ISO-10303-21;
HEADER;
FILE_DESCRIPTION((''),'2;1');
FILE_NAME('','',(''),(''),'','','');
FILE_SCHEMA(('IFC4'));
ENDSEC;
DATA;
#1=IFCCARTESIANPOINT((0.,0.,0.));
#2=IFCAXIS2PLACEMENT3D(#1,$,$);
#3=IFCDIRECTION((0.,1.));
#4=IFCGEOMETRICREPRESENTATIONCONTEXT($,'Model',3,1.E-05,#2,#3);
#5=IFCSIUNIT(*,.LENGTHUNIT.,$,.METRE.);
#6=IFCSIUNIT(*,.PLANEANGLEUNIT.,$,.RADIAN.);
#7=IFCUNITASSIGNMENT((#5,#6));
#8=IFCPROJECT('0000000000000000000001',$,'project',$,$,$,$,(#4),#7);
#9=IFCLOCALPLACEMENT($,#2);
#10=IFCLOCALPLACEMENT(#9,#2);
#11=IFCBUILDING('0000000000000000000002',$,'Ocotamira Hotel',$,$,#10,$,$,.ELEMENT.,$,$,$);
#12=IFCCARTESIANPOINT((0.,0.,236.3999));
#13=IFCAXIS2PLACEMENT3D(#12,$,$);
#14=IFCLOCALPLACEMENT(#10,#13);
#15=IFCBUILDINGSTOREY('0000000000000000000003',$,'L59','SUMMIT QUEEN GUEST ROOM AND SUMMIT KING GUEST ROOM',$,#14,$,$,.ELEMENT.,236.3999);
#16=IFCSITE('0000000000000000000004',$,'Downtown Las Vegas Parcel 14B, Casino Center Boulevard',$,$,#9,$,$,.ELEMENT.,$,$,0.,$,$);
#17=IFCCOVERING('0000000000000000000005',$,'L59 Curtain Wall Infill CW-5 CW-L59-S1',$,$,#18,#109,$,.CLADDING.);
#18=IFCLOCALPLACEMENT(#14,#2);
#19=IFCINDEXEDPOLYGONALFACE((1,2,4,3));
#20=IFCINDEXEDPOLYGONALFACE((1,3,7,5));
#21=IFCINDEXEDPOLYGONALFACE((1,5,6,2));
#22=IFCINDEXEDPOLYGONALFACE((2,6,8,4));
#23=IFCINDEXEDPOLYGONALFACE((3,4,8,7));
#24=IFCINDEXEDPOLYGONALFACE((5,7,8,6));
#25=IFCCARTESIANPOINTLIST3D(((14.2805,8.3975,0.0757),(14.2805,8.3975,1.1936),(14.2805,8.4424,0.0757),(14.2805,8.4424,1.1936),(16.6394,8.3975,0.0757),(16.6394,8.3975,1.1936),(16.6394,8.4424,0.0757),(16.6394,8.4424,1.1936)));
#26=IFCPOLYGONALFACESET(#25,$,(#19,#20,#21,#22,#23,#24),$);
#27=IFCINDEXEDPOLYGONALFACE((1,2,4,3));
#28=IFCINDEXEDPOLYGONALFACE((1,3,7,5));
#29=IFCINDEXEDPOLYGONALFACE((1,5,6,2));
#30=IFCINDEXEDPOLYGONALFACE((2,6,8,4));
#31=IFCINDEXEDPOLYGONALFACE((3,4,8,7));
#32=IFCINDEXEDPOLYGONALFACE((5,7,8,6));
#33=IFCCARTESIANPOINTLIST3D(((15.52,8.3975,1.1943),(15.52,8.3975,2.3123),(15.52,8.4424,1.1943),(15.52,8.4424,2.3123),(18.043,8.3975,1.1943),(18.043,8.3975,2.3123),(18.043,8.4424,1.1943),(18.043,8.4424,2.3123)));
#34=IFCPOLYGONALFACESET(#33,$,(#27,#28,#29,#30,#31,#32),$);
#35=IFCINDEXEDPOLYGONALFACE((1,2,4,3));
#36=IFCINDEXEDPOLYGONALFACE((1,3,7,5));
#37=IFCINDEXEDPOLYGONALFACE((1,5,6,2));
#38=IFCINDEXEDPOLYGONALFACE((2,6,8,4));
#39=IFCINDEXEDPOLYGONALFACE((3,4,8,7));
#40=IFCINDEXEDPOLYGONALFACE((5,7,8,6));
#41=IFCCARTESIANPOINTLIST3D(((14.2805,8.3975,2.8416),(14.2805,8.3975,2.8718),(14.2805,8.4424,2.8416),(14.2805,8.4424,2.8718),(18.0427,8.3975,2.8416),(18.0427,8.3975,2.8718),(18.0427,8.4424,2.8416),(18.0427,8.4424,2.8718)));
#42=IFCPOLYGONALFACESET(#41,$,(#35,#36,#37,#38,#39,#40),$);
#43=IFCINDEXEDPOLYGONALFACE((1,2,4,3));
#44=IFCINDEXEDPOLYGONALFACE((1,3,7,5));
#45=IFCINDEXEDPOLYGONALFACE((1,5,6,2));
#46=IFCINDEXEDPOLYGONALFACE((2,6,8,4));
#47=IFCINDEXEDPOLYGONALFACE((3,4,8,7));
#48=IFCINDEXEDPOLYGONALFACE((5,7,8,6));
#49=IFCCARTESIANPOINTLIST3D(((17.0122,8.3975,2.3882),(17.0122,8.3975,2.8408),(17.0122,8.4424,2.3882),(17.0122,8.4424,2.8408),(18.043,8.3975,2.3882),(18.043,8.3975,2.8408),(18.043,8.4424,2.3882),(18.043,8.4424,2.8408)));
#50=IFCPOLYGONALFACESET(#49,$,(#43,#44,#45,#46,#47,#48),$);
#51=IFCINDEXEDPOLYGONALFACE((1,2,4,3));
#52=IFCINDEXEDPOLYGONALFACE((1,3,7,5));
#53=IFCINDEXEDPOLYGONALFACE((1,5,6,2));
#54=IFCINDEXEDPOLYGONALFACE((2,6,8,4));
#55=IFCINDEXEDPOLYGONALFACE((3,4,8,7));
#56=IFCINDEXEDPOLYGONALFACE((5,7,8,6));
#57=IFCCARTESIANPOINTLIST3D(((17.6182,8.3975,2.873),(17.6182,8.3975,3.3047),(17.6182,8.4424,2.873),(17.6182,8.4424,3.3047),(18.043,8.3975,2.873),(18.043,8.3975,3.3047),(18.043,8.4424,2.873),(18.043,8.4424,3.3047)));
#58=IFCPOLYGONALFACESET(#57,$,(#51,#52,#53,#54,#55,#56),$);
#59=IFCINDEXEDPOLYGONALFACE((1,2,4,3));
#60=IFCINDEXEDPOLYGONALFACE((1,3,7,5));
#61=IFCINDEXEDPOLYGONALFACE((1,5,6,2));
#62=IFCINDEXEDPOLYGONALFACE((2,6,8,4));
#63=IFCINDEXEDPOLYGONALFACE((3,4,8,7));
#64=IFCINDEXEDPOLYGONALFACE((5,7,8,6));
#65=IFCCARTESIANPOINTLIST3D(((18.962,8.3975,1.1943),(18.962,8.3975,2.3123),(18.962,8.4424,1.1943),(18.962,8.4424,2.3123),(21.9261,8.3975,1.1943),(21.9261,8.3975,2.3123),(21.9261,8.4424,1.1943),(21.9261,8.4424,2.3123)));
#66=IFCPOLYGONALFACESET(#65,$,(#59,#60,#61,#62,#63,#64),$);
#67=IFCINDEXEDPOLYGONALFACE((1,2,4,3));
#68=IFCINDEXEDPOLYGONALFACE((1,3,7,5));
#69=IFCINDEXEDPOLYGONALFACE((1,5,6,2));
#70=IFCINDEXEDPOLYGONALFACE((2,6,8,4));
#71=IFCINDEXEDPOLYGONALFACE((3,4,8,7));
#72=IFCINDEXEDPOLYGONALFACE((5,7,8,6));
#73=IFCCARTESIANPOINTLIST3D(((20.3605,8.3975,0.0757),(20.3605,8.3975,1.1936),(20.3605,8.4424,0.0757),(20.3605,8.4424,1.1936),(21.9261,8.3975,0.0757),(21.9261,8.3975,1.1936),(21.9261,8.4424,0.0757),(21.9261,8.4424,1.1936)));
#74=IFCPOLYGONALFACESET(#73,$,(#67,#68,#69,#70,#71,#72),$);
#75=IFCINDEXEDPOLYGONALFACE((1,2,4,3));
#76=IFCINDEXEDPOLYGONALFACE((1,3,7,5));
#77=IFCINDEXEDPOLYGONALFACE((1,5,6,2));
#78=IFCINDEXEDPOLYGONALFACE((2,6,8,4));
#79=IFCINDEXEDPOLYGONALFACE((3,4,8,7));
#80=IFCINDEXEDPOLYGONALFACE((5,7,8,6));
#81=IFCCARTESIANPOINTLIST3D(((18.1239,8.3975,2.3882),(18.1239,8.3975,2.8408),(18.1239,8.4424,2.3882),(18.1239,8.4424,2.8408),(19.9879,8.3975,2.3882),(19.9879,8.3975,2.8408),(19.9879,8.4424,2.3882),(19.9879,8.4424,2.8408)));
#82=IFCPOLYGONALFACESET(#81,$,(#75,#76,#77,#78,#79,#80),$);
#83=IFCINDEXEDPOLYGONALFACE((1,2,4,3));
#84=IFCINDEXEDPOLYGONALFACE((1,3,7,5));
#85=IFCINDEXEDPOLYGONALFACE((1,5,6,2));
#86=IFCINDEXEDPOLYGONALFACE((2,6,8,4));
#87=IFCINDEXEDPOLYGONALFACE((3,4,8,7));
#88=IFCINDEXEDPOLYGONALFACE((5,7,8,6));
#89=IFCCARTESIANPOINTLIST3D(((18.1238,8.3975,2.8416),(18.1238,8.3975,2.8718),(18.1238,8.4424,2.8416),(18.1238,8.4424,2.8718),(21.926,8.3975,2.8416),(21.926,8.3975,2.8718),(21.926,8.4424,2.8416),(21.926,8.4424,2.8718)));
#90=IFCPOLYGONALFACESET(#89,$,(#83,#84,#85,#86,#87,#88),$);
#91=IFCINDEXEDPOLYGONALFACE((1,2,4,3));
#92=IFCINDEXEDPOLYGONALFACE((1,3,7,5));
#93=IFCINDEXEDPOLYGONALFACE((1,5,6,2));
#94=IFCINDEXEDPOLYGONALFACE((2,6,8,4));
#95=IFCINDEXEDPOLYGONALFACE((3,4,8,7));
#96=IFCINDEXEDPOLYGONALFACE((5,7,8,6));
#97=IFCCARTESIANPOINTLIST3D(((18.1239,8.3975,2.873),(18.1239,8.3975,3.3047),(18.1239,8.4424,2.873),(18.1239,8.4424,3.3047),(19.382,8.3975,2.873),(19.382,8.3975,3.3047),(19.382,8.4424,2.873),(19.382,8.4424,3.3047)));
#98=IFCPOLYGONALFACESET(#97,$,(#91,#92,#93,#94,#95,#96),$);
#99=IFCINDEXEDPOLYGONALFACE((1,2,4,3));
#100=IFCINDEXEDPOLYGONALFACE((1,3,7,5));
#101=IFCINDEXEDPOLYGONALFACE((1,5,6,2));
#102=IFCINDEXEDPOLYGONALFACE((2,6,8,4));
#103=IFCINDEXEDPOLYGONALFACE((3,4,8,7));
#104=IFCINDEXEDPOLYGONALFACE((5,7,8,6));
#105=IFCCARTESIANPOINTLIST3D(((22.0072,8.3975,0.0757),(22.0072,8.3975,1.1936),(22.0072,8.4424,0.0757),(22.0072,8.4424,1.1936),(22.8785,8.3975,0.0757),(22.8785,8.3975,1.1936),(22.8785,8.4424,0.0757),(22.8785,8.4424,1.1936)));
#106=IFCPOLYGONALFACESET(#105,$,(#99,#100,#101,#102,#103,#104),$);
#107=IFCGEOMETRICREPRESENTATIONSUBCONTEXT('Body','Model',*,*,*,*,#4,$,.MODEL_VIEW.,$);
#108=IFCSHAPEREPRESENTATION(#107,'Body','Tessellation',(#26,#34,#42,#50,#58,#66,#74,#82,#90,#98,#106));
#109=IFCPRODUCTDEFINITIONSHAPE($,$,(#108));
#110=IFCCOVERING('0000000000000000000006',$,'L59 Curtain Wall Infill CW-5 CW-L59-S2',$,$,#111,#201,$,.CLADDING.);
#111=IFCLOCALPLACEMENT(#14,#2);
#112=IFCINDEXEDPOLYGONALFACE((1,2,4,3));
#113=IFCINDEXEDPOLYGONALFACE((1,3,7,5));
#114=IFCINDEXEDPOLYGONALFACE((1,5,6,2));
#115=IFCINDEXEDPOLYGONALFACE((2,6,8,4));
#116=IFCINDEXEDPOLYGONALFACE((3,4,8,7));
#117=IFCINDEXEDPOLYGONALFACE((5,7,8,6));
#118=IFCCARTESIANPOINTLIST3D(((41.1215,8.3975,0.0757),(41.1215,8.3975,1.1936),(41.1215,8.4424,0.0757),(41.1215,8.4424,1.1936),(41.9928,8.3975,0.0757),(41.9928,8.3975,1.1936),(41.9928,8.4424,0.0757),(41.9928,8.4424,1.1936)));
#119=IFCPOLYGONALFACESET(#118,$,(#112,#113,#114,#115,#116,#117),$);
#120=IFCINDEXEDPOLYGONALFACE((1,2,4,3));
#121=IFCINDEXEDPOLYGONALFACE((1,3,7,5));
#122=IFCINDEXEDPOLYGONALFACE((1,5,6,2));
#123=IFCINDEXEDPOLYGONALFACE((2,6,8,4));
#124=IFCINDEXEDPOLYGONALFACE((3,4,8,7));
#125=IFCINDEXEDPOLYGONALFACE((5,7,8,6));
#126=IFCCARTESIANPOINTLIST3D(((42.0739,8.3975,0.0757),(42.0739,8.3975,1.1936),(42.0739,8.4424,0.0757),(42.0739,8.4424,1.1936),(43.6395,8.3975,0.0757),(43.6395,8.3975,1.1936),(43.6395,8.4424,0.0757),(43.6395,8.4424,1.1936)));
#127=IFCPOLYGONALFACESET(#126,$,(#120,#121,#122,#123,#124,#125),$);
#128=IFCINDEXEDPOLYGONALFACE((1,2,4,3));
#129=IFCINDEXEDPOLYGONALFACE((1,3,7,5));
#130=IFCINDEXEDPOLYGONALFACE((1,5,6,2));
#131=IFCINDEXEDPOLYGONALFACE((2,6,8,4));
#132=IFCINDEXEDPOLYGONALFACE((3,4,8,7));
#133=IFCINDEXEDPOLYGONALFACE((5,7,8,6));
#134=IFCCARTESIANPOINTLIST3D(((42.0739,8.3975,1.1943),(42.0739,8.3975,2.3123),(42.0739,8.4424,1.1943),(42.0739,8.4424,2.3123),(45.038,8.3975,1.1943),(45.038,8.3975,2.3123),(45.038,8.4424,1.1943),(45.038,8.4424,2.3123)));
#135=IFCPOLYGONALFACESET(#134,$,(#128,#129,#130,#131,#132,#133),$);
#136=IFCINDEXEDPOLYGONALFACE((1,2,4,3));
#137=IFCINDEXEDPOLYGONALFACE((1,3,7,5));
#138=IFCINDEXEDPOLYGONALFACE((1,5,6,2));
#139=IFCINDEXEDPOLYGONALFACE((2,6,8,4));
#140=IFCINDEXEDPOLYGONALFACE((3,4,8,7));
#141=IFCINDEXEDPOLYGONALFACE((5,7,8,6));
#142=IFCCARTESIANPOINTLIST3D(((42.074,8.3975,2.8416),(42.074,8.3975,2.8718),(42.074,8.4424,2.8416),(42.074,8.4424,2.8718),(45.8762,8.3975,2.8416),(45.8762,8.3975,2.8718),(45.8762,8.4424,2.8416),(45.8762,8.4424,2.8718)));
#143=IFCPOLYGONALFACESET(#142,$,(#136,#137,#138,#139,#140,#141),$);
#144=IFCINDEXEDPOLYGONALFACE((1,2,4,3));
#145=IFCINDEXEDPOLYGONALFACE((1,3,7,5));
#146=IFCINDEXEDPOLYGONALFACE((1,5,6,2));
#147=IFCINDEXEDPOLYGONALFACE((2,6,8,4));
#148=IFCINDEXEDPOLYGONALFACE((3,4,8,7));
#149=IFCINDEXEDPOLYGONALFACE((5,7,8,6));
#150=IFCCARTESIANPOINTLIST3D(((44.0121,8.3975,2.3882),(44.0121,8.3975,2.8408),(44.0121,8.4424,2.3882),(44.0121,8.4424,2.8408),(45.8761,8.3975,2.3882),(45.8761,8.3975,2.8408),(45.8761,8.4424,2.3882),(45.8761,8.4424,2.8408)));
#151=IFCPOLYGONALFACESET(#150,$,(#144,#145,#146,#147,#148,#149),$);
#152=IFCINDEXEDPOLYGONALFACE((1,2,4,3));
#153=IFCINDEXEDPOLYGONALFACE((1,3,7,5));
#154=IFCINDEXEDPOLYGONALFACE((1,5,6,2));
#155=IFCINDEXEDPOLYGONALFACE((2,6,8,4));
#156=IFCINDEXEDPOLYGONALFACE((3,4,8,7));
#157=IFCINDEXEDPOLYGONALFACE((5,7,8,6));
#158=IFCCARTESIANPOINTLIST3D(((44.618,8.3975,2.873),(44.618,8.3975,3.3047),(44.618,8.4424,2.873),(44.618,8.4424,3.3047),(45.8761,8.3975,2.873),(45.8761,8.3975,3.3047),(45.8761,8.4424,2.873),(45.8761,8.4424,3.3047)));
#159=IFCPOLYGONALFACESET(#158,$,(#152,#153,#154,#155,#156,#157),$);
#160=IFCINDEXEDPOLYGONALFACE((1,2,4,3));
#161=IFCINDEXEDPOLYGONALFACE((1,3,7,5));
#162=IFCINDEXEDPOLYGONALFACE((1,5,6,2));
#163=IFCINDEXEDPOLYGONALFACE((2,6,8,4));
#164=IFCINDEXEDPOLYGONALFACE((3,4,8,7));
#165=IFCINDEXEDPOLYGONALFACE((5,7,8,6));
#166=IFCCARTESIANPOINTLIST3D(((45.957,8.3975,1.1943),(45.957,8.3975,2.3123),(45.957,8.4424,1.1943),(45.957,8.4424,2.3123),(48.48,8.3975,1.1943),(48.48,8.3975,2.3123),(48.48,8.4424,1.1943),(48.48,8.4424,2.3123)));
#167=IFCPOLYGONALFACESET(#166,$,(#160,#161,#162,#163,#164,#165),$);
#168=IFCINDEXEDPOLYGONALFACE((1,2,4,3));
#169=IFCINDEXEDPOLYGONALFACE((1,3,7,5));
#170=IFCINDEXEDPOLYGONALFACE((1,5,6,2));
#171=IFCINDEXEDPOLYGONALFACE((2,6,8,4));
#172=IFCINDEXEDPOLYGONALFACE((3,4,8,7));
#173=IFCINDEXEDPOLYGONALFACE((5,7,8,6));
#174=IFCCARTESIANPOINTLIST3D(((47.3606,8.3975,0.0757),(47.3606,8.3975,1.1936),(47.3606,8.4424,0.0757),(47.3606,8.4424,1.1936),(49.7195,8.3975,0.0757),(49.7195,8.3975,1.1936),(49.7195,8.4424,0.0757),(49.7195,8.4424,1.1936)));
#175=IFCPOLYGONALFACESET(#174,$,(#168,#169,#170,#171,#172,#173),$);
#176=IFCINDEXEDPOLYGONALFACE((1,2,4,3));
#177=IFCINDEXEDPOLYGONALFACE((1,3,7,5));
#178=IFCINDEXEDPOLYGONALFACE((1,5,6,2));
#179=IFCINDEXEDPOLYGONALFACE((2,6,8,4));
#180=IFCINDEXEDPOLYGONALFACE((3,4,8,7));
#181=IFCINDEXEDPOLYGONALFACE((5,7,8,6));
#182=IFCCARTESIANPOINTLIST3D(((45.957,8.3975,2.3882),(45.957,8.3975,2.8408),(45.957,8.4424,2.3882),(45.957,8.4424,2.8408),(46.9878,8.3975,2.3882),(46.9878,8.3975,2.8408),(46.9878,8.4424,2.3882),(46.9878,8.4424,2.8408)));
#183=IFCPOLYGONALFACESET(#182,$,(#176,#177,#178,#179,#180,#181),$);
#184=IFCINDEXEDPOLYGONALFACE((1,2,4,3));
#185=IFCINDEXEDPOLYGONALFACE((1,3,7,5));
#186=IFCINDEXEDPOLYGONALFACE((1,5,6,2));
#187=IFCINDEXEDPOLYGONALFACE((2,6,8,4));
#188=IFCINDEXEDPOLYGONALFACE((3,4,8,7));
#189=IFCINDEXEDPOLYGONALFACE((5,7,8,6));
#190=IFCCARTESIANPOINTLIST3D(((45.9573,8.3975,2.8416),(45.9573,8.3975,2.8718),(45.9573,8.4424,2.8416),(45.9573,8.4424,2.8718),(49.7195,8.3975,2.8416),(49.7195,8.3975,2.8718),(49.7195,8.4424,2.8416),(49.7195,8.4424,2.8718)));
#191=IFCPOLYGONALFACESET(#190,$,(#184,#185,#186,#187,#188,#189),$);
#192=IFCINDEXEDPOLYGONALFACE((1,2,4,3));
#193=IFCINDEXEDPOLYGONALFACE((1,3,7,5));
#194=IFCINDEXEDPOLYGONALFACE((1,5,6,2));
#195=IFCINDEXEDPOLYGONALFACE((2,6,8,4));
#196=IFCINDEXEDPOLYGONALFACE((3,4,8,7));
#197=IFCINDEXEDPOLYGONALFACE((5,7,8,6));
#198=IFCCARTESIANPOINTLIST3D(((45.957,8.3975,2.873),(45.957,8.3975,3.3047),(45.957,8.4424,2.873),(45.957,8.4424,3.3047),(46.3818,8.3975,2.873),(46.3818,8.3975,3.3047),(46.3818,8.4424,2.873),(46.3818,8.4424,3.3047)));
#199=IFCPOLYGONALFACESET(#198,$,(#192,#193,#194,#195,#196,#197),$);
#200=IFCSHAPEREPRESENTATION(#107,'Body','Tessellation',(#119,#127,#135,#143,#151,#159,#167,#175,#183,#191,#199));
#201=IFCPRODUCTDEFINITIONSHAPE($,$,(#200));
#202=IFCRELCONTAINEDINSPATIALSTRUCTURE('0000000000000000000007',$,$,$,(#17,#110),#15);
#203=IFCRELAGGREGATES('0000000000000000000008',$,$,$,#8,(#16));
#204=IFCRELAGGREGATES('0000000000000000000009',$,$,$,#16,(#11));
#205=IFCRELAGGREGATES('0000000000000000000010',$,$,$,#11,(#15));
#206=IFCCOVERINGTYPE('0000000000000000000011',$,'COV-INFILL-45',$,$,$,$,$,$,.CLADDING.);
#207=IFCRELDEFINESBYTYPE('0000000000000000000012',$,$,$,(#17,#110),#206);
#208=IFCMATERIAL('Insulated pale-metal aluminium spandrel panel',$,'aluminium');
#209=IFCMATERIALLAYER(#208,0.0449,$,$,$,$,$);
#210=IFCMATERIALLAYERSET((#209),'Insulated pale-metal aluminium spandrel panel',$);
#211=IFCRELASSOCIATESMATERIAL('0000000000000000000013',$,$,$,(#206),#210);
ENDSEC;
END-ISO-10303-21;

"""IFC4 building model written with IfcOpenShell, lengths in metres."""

from ifc_helpers import new_model, si_unit, direction, frame, origin, origin_2d, place, context, subcontext, project, spatial, rectangle, extrude, material, layer, layer_set, type_object, element, save


model = new_model("IFC4")

# Units and contexts
model_context = context("Model", 3, precision=1e-05, world=origin(), true_north=direction((0.0, 1.0)))
body_context = subcontext(model_context, "Body", "Model", "MODEL_VIEW")
ifc_project = project(units=[si_unit("LENGTHUNIT", "METRE"), si_unit("PLANEANGLEUNIT", "RADIAN")], contexts=[model_context])

# Site, building, storey
site_placement = place(None, origin())
site = spatial("IfcSite", under=ifc_project, at=site_placement, Name="Downtown Las Vegas Parcel 14B, Casino Center Boulevard", CompositionType="ELEMENT", RefElevation=0.0)
building_placement = place(site_placement, origin())
building = spatial("IfcBuilding", under=site, at=building_placement, Name="Ocotamira Hotel", CompositionType="ELEMENT")
storey_placement = place(building_placement, frame((0.0, 0.0, 236.3999)))
storey = spatial("IfcBuildingStorey", under=building, at=storey_placement, Name="L59", Description="SUMMIT QUEEN GUEST ROOM AND SUMMIT KING GUEST ROOM", CompositionType="ELEMENT", Elevation=236.3999)

# Coverings
ifc_material_1 = material(Name="Insulated pale-metal aluminium spandrel panel", Category="aluminium")
ifc_layer_1 = layer(ifc_material_1, 0.0449)
ifc_layer_set_1 = layer_set([ifc_layer_1], Name="Insulated pale-metal aluminium spandrel panel")
covering_type_1 = type_object("IfcCoveringType", Name="COV-INFILL-45", PredefinedType="CLADDING", material=ifc_layer_set_1)
covering_1_placement = place(storey_placement, origin())
element("IfcCovering", 1, at=covering_1_placement, inside=storey, type_object=covering_type_1, Name="L59 Curtain Wall Infill CW-5 CW-L59-S1", PredefinedType="CLADDING", context=body_context, shape_type="SweptSolid", body=[
    extrude(rectangle(XDim=2.3589, YDim=0.0449, at=origin_2d()), frame((15.46, 8.4199, 0.0757), z_axis=(0.0, 0.0, 1.0), x_axis=(1.0, 0.0, 0.0)), (0.0, 0.0, 1.0), 1.1179),
    extrude(rectangle(XDim=2.5229, YDim=0.0449, at=origin_2d()), frame((16.7815, 8.4199, 1.1943), z_axis=(0.0, 0.0, 1.0), x_axis=(1.0, 0.0, 0.0)), (0.0, 0.0, 1.0), 1.1179),
    extrude(rectangle(XDim=3.7622, YDim=0.0449, at=origin_2d()), frame((16.1616, 8.4199, 2.8416), z_axis=(0.0, 0.0, 1.0), x_axis=(1.0, 0.0, 0.0)), (0.0, 0.0, 1.0), 0.0303),
    extrude(rectangle(XDim=1.0308, YDim=0.0449, at=origin_2d()), frame((17.5276, 8.4199, 2.3882), z_axis=(0.0, 0.0, 1.0), x_axis=(1.0, 0.0, 0.0)), (0.0, 0.0, 1.0), 0.4526),
    extrude(rectangle(XDim=0.4248, YDim=0.0449, at=origin_2d()), frame((17.8306, 8.4199, 2.873), z_axis=(0.0, 0.0, 1.0), x_axis=(1.0, 0.0, 0.0)), (0.0, 0.0, 1.0), 0.4316),
    extrude(rectangle(XDim=2.9641, YDim=0.0449, at=origin_2d()), frame((20.4441, 8.4199, 1.1943), z_axis=(0.0, 0.0, 1.0), x_axis=(1.0, 0.0, 0.0)), (0.0, 0.0, 1.0), 1.1179),
    extrude(rectangle(XDim=1.5657, YDim=0.0449, at=origin_2d()), frame((21.1433, 8.4199, 0.0757), z_axis=(0.0, 0.0, 1.0), x_axis=(1.0, 0.0, 0.0)), (0.0, 0.0, 1.0), 1.1179),
    extrude(rectangle(XDim=1.864, YDim=0.0449, at=origin_2d()), frame((19.0559, 8.4199, 2.3882), z_axis=(0.0, 0.0, 1.0), x_axis=(1.0, 0.0, 0.0)), (0.0, 0.0, 1.0), 0.4526),
    extrude(rectangle(XDim=3.8022, YDim=0.0449, at=origin_2d()), frame((20.0249, 8.4199, 2.8416), z_axis=(0.0, 0.0, 1.0), x_axis=(1.0, 0.0, 0.0)), (0.0, 0.0, 1.0), 0.0303),
    extrude(rectangle(XDim=1.2581, YDim=0.0449, at=origin_2d()), frame((18.7529, 8.4199, 2.873), z_axis=(0.0, 0.0, 1.0), x_axis=(1.0, 0.0, 0.0)), (0.0, 0.0, 1.0), 0.4316),
    extrude(rectangle(XDim=0.8713, YDim=0.0449, at=origin_2d()), frame((22.4429, 8.4199, 0.0757), z_axis=(0.0, 0.0, 1.0), x_axis=(1.0, 0.0, 0.0)), (0.0, 0.0, 1.0), 1.1179),
])
covering_2_placement = place(storey_placement, origin())
element("IfcCovering", 2, at=covering_2_placement, inside=storey, type_object=covering_type_1, Name="L59 Curtain Wall Infill CW-5 CW-L59-S2", PredefinedType="CLADDING", context=body_context, shape_type="SweptSolid", body=[
    extrude(rectangle(XDim=0.8713, YDim=0.0449, at=origin_2d()), frame((41.5571, 8.4199, 0.0757), z_axis=(0.0, 0.0, 1.0), x_axis=(1.0, 0.0, 0.0)), (0.0, 0.0, 1.0), 1.1179),
    extrude(rectangle(XDim=1.5657, YDim=0.0449, at=origin_2d()), frame((42.8567, 8.4199, 0.0757), z_axis=(0.0, 0.0, 1.0), x_axis=(1.0, 0.0, 0.0)), (0.0, 0.0, 1.0), 1.1179),
    extrude(rectangle(XDim=2.9641, YDim=0.0449, at=origin_2d()), frame((43.5559, 8.4199, 1.1943), z_axis=(0.0, 0.0, 1.0), x_axis=(1.0, 0.0, 0.0)), (0.0, 0.0, 1.0), 1.1179),
    extrude(rectangle(XDim=3.8022, YDim=0.0449, at=origin_2d()), frame((43.9751, 8.4199, 2.8416), z_axis=(0.0, 0.0, 1.0), x_axis=(1.0, 0.0, 0.0)), (0.0, 0.0, 1.0), 0.0303),
    extrude(rectangle(XDim=1.864, YDim=0.0449, at=origin_2d()), frame((44.9441, 8.4199, 2.3882), z_axis=(0.0, 0.0, 1.0), x_axis=(1.0, 0.0, 0.0)), (0.0, 0.0, 1.0), 0.4526),
    extrude(rectangle(XDim=1.2581, YDim=0.0449, at=origin_2d()), frame((45.2471, 8.4199, 2.873), z_axis=(0.0, 0.0, 1.0), x_axis=(1.0, 0.0, 0.0)), (0.0, 0.0, 1.0), 0.4316),
    extrude(rectangle(XDim=2.5229, YDim=0.0449, at=origin_2d()), frame((47.2185, 8.4199, 1.1943), z_axis=(0.0, 0.0, 1.0), x_axis=(1.0, 0.0, 0.0)), (0.0, 0.0, 1.0), 1.1179),
    extrude(rectangle(XDim=2.3589, YDim=0.0449, at=origin_2d()), frame((48.54, 8.4199, 0.0757), z_axis=(0.0, 0.0, 1.0), x_axis=(1.0, 0.0, 0.0)), (0.0, 0.0, 1.0), 1.1179),
    extrude(rectangle(XDim=1.0308, YDim=0.0449, at=origin_2d()), frame((46.4724, 8.4199, 2.3882), z_axis=(0.0, 0.0, 1.0), x_axis=(1.0, 0.0, 0.0)), (0.0, 0.0, 1.0), 0.4526),
    extrude(rectangle(XDim=3.7622, YDim=0.0449, at=origin_2d()), frame((47.8384, 8.4199, 2.8416), z_axis=(0.0, 0.0, 1.0), x_axis=(1.0, 0.0, 0.0)), (0.0, 0.0, 1.0), 0.0303),
    extrude(rectangle(XDim=0.4248, YDim=0.0449, at=origin_2d()), frame((46.1694, 8.4199, 2.873), z_axis=(0.0, 0.0, 1.0), x_axis=(1.0, 0.0, 0.0)), (0.0, 0.0, 1.0), 0.4316),
])

save(model, "model.ifc")
